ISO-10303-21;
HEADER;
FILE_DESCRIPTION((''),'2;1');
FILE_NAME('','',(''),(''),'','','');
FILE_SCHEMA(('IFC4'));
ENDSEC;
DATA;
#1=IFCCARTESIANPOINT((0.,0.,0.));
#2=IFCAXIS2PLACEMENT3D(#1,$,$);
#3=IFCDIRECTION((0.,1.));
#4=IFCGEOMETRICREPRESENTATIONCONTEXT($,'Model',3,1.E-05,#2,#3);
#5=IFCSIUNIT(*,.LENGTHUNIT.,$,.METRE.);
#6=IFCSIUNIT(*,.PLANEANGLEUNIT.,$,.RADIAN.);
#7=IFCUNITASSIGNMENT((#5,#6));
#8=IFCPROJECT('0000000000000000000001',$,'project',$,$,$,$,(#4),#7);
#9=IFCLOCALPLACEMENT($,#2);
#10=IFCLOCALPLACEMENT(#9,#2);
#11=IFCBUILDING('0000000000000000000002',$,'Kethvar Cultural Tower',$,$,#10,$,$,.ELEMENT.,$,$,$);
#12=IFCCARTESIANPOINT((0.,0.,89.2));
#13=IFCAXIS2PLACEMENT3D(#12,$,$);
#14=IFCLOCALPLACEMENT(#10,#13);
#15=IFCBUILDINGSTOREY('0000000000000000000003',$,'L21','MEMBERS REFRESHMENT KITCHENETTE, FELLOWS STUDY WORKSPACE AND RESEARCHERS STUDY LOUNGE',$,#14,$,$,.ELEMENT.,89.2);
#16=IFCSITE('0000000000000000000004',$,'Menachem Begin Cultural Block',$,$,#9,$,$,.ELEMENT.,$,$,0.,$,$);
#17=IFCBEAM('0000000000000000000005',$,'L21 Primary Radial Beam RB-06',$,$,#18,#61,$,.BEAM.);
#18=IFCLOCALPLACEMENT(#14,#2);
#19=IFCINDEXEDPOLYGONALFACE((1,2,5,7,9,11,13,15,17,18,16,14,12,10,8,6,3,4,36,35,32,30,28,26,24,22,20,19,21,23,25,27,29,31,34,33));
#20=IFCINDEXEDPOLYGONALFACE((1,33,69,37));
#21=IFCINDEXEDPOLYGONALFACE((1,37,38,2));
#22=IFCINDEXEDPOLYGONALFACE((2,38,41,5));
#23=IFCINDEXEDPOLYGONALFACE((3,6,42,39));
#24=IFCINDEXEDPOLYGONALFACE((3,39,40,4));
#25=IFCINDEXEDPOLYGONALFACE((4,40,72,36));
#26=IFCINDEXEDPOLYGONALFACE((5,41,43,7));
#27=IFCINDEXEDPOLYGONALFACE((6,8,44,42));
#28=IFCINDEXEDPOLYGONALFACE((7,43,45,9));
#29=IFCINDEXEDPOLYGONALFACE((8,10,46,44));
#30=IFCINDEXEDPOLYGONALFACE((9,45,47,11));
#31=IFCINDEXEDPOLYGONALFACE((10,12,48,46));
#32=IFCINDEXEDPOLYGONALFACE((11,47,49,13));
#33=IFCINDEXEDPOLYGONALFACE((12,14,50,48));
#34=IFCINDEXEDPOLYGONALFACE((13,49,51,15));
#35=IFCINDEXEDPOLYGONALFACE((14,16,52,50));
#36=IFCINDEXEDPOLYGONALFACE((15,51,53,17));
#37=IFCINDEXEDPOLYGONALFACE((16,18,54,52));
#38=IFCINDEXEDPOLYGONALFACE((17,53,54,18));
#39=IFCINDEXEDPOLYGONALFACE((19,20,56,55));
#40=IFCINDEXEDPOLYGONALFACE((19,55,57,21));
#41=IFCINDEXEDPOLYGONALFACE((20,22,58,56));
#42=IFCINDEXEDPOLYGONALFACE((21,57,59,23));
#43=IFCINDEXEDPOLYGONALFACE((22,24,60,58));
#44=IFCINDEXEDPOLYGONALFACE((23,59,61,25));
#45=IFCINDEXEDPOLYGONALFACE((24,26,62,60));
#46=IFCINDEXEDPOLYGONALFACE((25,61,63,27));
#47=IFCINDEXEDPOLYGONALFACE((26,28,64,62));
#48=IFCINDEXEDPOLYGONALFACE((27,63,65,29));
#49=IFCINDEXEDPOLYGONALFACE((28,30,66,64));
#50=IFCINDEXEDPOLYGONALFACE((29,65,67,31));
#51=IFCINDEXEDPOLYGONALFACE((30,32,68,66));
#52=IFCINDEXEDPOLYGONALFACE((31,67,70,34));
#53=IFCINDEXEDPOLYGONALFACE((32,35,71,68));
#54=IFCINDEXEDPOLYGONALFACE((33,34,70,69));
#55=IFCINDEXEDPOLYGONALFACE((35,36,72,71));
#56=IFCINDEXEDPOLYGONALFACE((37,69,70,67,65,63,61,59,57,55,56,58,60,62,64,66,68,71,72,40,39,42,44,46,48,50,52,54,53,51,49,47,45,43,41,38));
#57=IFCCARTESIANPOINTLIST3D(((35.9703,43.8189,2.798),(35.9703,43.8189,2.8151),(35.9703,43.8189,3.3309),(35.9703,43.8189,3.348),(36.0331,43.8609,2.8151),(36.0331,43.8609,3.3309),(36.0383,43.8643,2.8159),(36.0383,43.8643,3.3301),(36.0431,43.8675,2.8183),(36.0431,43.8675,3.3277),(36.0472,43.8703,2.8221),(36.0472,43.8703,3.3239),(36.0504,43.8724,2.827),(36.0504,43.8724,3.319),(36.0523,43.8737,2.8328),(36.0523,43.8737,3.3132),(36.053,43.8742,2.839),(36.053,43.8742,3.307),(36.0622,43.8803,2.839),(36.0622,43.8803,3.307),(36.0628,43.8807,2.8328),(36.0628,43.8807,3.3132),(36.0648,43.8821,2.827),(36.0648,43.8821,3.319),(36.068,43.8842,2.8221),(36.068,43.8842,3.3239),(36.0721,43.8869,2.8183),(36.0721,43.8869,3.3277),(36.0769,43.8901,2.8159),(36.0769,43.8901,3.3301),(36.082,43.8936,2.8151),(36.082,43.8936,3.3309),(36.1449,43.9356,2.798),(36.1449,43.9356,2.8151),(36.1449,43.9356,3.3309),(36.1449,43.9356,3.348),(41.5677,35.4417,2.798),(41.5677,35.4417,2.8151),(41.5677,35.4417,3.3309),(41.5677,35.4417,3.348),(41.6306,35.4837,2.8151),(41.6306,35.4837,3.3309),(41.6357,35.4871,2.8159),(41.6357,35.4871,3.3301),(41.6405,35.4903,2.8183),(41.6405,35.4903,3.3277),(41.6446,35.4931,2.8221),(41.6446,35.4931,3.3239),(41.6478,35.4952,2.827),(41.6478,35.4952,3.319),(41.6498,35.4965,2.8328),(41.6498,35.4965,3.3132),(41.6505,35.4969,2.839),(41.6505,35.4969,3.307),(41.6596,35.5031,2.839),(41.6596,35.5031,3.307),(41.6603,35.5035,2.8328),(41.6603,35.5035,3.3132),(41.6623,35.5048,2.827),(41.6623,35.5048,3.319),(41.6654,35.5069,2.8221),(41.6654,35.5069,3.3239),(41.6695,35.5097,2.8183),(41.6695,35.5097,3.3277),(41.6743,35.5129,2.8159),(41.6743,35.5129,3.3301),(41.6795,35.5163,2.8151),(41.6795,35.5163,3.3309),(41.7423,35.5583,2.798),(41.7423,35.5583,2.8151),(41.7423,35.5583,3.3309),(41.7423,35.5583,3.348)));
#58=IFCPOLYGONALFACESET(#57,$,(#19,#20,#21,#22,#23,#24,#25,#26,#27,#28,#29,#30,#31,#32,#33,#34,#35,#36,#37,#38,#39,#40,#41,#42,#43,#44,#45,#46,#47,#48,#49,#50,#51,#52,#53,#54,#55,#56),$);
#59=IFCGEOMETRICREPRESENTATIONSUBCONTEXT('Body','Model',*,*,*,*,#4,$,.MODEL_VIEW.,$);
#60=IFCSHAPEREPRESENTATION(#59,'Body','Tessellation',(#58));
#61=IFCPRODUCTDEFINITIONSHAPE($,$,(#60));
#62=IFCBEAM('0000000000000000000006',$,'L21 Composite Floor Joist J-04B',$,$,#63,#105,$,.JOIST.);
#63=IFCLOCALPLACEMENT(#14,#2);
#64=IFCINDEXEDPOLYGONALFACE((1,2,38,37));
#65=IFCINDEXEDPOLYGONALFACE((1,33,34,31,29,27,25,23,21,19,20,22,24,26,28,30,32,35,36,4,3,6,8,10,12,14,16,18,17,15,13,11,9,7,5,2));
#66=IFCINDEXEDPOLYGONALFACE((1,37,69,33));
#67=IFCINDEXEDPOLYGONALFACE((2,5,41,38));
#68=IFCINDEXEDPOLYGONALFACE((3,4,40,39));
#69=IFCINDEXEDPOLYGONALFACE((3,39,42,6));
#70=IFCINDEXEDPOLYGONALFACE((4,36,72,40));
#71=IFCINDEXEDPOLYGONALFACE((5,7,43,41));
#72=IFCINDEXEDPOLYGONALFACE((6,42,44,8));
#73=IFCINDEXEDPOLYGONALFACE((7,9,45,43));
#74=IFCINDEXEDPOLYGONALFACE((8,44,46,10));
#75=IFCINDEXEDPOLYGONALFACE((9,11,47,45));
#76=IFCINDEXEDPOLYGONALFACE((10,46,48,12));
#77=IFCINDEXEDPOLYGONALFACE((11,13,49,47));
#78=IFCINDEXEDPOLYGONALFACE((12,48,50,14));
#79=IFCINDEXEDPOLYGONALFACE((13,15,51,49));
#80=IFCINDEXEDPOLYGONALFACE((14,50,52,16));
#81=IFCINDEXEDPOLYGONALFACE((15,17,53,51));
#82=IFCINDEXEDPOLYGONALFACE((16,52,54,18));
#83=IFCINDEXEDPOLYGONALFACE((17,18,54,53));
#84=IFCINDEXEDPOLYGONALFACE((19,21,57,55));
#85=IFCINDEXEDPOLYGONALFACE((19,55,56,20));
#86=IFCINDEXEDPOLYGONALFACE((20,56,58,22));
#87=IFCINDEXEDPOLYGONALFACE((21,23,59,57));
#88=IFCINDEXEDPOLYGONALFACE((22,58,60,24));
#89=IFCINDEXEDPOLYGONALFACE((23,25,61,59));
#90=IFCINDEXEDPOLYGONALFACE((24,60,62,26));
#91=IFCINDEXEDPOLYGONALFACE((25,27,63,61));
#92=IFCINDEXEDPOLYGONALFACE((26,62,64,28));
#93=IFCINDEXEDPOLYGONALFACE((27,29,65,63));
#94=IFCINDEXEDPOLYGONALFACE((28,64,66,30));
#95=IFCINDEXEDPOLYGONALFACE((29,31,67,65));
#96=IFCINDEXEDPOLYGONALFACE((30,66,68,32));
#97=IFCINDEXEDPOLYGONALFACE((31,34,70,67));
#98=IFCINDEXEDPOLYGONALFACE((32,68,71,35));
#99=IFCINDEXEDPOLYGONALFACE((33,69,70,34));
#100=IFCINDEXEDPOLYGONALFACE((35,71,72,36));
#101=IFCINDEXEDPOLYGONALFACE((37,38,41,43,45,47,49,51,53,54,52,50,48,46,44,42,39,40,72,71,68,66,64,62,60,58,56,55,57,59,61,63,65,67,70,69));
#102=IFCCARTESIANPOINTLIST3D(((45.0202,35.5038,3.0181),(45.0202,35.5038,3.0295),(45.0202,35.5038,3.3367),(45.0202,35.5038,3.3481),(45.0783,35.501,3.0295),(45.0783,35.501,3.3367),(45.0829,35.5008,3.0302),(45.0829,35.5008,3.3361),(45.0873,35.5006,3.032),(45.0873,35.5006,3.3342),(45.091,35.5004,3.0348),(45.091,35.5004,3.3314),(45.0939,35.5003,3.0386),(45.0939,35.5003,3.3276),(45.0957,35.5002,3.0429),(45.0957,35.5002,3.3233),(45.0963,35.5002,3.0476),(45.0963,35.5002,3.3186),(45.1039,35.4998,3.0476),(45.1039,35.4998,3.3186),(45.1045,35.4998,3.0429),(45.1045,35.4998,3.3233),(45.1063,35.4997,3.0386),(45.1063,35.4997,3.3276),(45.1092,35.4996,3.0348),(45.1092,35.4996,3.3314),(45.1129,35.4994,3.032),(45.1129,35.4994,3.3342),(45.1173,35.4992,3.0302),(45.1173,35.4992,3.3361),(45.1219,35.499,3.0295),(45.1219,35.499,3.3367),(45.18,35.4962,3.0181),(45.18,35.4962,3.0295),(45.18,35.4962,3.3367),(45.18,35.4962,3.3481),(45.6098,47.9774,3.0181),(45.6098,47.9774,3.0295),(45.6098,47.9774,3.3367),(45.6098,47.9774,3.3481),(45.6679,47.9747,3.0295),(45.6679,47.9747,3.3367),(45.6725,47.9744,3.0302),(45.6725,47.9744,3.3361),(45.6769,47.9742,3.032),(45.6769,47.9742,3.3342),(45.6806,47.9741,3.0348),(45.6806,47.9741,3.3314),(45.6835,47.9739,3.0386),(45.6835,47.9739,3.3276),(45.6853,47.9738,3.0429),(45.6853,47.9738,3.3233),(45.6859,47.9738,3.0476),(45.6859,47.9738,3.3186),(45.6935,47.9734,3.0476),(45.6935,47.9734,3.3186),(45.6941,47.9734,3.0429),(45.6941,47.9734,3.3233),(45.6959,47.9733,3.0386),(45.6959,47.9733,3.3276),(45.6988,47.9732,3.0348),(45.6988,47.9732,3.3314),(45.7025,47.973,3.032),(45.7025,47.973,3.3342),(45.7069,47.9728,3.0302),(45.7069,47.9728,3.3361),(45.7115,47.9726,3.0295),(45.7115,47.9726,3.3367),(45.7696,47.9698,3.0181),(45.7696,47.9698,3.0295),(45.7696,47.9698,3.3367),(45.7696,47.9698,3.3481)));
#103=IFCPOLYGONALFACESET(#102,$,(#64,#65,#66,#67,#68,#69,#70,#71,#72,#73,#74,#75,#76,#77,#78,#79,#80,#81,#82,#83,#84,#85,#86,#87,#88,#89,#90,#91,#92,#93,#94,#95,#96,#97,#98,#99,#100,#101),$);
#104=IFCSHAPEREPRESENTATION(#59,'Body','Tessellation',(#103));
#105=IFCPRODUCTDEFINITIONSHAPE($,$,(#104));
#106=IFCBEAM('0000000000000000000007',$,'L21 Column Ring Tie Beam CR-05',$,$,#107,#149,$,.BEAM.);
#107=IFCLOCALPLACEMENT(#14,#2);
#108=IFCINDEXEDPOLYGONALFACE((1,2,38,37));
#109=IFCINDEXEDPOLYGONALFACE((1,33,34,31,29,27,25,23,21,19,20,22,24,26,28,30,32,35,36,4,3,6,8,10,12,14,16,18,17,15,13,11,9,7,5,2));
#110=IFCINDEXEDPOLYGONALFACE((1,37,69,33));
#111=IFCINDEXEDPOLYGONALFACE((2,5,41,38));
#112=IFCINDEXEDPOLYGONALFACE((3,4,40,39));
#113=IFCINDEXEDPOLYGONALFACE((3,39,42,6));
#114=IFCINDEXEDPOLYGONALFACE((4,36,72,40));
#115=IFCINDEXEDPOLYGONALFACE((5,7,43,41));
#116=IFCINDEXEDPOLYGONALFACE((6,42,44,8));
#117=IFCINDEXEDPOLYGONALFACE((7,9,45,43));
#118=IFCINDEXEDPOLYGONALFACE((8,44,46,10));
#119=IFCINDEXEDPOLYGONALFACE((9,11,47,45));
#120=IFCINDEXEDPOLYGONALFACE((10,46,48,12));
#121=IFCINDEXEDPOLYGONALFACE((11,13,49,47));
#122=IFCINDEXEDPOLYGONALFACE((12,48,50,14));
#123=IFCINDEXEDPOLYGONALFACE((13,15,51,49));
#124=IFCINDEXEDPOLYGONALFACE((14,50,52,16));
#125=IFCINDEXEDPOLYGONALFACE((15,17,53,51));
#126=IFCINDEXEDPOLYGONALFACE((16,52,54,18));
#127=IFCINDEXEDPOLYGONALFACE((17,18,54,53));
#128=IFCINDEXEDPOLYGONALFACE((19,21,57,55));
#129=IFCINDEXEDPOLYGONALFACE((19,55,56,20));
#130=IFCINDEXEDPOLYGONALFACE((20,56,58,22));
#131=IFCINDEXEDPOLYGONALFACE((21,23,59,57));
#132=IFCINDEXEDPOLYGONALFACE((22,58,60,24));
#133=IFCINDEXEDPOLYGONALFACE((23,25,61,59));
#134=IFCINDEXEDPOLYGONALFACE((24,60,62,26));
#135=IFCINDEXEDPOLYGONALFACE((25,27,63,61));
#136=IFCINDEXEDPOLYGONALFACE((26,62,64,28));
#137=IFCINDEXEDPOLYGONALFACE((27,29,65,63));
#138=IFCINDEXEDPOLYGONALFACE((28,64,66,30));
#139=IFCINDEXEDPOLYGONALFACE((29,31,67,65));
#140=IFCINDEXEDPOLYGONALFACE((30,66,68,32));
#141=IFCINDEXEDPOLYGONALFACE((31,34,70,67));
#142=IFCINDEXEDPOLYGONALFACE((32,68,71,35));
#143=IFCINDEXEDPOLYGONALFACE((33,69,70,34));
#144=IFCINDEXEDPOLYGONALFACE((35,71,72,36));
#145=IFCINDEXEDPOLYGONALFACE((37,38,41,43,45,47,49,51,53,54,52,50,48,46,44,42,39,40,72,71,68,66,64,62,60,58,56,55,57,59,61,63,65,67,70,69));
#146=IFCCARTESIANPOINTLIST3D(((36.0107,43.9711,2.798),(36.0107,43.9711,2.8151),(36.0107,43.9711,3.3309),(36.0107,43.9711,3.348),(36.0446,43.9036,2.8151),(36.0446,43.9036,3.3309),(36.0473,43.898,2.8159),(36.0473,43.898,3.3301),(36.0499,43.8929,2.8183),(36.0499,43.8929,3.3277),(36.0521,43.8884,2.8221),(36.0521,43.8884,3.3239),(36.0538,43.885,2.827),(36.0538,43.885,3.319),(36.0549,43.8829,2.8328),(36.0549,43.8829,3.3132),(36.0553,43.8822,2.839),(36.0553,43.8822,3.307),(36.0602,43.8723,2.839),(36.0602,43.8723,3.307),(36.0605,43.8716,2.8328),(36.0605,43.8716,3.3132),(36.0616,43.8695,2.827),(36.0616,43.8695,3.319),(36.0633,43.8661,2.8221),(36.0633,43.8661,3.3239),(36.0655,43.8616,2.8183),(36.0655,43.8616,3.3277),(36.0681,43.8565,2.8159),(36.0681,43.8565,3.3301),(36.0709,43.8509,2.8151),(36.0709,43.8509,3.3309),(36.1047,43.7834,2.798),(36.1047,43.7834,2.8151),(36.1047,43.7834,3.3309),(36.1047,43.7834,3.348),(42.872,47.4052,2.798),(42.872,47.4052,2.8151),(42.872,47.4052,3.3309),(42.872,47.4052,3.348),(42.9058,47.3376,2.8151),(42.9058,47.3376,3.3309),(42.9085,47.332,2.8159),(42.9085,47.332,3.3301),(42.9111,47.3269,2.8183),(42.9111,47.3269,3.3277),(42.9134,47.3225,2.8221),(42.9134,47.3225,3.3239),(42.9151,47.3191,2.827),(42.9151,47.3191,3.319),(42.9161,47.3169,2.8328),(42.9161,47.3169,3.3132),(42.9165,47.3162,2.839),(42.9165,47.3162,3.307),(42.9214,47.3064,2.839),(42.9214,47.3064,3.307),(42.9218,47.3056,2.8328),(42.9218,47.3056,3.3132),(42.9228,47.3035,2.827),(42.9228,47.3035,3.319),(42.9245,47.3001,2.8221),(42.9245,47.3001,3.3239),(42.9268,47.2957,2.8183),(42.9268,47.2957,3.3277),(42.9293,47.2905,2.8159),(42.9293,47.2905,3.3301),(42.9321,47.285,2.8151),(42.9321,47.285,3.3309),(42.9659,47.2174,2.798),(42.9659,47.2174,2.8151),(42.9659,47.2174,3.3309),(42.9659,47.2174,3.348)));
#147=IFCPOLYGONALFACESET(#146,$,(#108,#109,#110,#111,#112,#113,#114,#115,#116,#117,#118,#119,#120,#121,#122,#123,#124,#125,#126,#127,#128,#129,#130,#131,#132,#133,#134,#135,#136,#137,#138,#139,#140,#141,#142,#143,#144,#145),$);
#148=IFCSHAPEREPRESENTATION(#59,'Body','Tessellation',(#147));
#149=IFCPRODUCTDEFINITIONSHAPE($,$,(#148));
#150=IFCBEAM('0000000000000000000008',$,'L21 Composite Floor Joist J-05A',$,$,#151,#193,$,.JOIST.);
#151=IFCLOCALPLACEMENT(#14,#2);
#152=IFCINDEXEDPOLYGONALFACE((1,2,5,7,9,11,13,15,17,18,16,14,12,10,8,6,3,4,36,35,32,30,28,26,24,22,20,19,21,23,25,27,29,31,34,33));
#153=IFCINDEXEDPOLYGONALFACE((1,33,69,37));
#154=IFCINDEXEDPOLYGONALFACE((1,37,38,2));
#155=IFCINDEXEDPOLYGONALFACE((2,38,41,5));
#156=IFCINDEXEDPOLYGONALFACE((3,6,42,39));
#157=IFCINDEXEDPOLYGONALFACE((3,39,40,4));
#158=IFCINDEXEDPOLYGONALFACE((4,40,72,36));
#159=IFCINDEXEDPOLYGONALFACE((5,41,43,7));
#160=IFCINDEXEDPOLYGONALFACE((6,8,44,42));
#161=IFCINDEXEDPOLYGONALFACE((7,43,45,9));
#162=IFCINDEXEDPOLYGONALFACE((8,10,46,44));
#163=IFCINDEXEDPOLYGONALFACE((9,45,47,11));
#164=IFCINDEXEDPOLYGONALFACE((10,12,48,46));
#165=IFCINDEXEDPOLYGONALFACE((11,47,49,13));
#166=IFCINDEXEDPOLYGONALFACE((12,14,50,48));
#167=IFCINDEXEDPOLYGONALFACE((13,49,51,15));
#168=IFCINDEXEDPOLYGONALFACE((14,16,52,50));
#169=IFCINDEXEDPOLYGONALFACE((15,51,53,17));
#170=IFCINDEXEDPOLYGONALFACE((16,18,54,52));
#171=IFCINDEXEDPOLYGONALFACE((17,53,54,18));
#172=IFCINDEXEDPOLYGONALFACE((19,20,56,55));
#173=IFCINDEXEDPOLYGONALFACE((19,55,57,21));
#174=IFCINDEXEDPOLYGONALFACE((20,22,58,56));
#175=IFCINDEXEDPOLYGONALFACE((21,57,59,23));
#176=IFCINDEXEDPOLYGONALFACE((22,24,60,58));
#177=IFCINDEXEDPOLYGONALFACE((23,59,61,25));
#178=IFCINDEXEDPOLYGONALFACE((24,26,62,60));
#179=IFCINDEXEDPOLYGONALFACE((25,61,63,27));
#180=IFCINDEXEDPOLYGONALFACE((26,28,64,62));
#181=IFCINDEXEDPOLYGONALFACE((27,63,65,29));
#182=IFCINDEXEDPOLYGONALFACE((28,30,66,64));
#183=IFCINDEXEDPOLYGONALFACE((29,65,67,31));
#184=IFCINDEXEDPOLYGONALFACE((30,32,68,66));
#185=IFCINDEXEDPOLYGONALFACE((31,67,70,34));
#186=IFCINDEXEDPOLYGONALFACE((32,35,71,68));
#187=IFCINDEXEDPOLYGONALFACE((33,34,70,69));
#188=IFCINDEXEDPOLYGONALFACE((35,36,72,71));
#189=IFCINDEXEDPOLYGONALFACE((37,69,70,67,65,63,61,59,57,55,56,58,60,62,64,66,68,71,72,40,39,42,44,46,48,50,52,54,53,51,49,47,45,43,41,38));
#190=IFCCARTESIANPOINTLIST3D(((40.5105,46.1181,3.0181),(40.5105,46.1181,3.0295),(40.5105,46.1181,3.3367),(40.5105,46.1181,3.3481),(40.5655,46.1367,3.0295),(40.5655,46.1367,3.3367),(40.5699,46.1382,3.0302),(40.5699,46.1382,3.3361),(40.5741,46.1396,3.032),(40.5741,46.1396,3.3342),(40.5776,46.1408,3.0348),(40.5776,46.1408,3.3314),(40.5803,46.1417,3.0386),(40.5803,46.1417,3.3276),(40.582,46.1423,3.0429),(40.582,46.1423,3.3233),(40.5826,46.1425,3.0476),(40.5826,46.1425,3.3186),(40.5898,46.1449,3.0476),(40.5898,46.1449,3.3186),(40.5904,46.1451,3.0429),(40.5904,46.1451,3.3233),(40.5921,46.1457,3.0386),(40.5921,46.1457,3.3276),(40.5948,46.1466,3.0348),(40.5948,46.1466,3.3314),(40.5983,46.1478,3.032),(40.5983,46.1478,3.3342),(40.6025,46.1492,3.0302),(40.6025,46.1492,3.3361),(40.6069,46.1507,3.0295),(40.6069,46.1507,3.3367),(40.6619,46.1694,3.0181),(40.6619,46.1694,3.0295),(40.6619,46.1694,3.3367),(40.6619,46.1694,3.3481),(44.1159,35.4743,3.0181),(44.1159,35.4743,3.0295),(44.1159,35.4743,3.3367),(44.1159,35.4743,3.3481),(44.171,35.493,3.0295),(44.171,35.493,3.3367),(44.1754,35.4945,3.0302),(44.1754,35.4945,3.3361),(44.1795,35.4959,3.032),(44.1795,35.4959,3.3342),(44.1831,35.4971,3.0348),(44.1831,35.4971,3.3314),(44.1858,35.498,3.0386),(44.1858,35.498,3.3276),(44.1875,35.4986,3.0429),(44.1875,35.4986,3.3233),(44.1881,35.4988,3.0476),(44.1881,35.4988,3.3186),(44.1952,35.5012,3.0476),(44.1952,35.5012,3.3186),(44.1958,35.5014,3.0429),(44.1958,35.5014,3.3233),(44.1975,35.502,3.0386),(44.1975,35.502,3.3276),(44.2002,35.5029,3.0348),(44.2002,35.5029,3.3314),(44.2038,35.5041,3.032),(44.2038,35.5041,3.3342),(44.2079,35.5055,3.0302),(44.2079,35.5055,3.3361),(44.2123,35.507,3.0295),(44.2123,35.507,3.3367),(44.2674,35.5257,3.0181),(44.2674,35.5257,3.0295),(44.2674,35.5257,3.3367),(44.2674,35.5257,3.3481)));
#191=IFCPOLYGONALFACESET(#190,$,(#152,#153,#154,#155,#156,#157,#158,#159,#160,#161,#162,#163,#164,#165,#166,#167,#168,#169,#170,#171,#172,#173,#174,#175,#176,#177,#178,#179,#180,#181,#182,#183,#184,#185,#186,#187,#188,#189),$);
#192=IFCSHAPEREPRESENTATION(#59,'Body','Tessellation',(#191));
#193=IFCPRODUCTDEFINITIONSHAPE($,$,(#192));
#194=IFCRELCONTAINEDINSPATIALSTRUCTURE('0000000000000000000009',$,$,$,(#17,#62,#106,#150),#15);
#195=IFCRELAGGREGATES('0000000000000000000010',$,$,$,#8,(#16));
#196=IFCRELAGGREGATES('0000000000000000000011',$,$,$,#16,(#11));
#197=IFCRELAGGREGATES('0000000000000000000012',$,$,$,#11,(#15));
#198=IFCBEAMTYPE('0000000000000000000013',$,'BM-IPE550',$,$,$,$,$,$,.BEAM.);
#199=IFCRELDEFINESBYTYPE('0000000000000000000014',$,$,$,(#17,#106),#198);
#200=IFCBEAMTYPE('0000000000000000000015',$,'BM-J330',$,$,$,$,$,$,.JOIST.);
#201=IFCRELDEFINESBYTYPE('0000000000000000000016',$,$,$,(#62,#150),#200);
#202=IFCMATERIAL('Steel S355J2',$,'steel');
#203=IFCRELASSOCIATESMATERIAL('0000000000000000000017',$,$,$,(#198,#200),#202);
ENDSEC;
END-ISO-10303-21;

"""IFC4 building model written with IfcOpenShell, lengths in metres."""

from ifc_helpers import new_model, si_unit, direction, frame, origin, origin_2d, place, context, subcontext, project, spatial, i_section, extrude, source, transform, mapped, material, material_profile, profile_set, type_object, element, save


model = new_model("IFC4")

# Units and contexts
model_context = context("Model", 3, precision=1e-05, world=origin(), true_north=direction((0.0, 1.0)))
body_context = subcontext(model_context, "Body", "Model", "MODEL_VIEW")
ifc_project = project(units=[si_unit("LENGTHUNIT", "METRE"), si_unit("PLANEANGLEUNIT", "RADIAN")], contexts=[model_context])

# Site, building, storey
site_placement = place(None, origin())
site = spatial("IfcSite", under=ifc_project, at=site_placement, Name="Menachem Begin Cultural Block", CompositionType="ELEMENT", RefElevation=0.0)
building_placement = place(site_placement, origin())
building = spatial("IfcBuilding", under=site, at=building_placement, Name="Kethvar Cultural Tower", CompositionType="ELEMENT")
storey_placement = place(building_placement, frame((0.0, 0.0, 89.2)))
storey = spatial("IfcBuildingStorey", under=building, at=storey_placement, Name="L21", Description="MEMBERS REFRESHMENT KITCHENETTE, FELLOWS STUDY WORKSPACE AND RESEARCHERS STUDY LOUNGE", CompositionType="ELEMENT", Elevation=89.2)

# Beams
ifc_material_1 = material(Name="Steel S355J2", Category="steel")
ifc_material_profile_1 = material_profile(ifc_material_1, i_section(OverallWidth=0.21, OverallDepth=0.55, WebThickness=0.011, FlangeThickness=0.0171, FilletRadius=0.0239, at=origin_2d()), Name="Steel S355J2 — IPE550")
ifc_profile_set_1 = profile_set([ifc_material_profile_1], Name="Steel S355J2 — IPE550")
beam_type_1 = type_object("IfcBeamType", Name="BM-IPE550", PredefinedType="BEAM", material=ifc_profile_set_1)
shared_shape_1 = source(origin(), body_context, "Body", "SweptSolid", [
    extrude(i_section(OverallWidth=0.21, OverallDepth=0.55, WebThickness=0.011, FlangeThickness=0.0171, FilletRadius=0.0239, at=origin_2d()), origin(), (0.0, 0.0, 1.0), 10.0752),
])
beam_1_placement = place(storey_placement, frame((41.655, 35.5, 3.073), z_axis=(-0.555567, 0.831472, 0.0), x_axis=(-0.831472, -0.555567, 0.0)))
element("IfcBeam", 1, at=beam_1_placement, inside=storey, type_object=beam_type_1, Name="L21 Primary Radial Beam RB-06", PredefinedType="BEAM", context=body_context, shape_type="MappedRepresentation", body=[
    mapped(shared_shape_1, transform((0.0, 0.0, 0.0), scale=1.0)),
])
ifc_material_profile_2 = material_profile(ifc_material_1, i_section(OverallWidth=0.1599, OverallDepth=0.3301, WebThickness=0.0076, FlangeThickness=0.0115, FilletRadius=0.0181, at=origin_2d()), Name="Steel S355J2 — IPE330")
ifc_profile_set_2 = profile_set([ifc_material_profile_2], Name="Steel S355J2 — IPE330")
beam_type_2 = type_object("IfcBeamType", Name="BM-J330", PredefinedType="JOIST", material=ifc_profile_set_2)
shared_shape_2 = source(origin(), body_context, "Body", "SweptSolid", [
    extrude(i_section(OverallWidth=0.1599, OverallDepth=0.3301, WebThickness=0.0076, FlangeThickness=0.0115, FilletRadius=0.0181, at=origin_2d()), origin(), (0.0, 0.0, 1.0), 12.4875),
])
beam_2_placement = place(storey_placement, frame((45.1001, 35.5, 3.1831), z_axis=(0.047215, 0.998885, 0.0), x_axis=(-0.998885, 0.047215, 0.0)))
element("IfcBeam", 2, at=beam_2_placement, inside=storey, type_object=beam_type_2, Name="L21 Composite Floor Joist J-04B", PredefinedType="JOIST", context=body_context, shape_type="MappedRepresentation", body=[
    mapped(shared_shape_2, transform((0.0, 0.0, 0.0), scale=1.0)),
])
shared_shape_3 = source(origin(), body_context, "Body", "SweptSolid", [
    extrude(i_section(OverallWidth=0.21, OverallDepth=0.55, WebThickness=0.011, FlangeThickness=0.0171, FilletRadius=0.0239, at=origin_2d()), origin(), (0.0, 0.0, 1.0), 7.6726),
])
beam_3_placement = place(storey_placement, frame((42.9189, 47.3113, 3.073), z_axis=(-0.894249, -0.44757, 0.0), x_axis=(0.44757, -0.894249, 0.0)))
element("IfcBeam", 3, at=beam_3_placement, inside=storey, type_object=beam_type_1, Name="L21 Column Ring Tie Beam CR-05", PredefinedType="BEAM", context=body_context, shape_type="MappedRepresentation", body=[
    mapped(shared_shape_3, transform((0.0, 0.0, 0.0), scale=1.0)),
])
shared_shape_4 = source(origin(), body_context, "Body", "SweptSolid", [
    extrude(i_section(OverallWidth=0.1599, OverallDepth=0.3301, WebThickness=0.0076, FlangeThickness=0.0115, FilletRadius=0.0181, at=origin_2d()), origin(), (0.0, 0.0, 1.0), 11.2378),
])
beam_4_placement = place(storey_placement, frame((44.1917, 35.5, 3.1831), z_axis=(-0.320832, 0.947136, 0.0), x_axis=(-0.947136, -0.320832, 0.0)))
element("IfcBeam", 4, at=beam_4_placement, inside=storey, type_object=beam_type_2, Name="L21 Composite Floor Joist J-05A", PredefinedType="JOIST", context=body_context, shape_type="MappedRepresentation", body=[
    mapped(shared_shape_4, transform((0.0, 0.0, 0.0), scale=1.0)),
])

save(model, "model.ifc")
